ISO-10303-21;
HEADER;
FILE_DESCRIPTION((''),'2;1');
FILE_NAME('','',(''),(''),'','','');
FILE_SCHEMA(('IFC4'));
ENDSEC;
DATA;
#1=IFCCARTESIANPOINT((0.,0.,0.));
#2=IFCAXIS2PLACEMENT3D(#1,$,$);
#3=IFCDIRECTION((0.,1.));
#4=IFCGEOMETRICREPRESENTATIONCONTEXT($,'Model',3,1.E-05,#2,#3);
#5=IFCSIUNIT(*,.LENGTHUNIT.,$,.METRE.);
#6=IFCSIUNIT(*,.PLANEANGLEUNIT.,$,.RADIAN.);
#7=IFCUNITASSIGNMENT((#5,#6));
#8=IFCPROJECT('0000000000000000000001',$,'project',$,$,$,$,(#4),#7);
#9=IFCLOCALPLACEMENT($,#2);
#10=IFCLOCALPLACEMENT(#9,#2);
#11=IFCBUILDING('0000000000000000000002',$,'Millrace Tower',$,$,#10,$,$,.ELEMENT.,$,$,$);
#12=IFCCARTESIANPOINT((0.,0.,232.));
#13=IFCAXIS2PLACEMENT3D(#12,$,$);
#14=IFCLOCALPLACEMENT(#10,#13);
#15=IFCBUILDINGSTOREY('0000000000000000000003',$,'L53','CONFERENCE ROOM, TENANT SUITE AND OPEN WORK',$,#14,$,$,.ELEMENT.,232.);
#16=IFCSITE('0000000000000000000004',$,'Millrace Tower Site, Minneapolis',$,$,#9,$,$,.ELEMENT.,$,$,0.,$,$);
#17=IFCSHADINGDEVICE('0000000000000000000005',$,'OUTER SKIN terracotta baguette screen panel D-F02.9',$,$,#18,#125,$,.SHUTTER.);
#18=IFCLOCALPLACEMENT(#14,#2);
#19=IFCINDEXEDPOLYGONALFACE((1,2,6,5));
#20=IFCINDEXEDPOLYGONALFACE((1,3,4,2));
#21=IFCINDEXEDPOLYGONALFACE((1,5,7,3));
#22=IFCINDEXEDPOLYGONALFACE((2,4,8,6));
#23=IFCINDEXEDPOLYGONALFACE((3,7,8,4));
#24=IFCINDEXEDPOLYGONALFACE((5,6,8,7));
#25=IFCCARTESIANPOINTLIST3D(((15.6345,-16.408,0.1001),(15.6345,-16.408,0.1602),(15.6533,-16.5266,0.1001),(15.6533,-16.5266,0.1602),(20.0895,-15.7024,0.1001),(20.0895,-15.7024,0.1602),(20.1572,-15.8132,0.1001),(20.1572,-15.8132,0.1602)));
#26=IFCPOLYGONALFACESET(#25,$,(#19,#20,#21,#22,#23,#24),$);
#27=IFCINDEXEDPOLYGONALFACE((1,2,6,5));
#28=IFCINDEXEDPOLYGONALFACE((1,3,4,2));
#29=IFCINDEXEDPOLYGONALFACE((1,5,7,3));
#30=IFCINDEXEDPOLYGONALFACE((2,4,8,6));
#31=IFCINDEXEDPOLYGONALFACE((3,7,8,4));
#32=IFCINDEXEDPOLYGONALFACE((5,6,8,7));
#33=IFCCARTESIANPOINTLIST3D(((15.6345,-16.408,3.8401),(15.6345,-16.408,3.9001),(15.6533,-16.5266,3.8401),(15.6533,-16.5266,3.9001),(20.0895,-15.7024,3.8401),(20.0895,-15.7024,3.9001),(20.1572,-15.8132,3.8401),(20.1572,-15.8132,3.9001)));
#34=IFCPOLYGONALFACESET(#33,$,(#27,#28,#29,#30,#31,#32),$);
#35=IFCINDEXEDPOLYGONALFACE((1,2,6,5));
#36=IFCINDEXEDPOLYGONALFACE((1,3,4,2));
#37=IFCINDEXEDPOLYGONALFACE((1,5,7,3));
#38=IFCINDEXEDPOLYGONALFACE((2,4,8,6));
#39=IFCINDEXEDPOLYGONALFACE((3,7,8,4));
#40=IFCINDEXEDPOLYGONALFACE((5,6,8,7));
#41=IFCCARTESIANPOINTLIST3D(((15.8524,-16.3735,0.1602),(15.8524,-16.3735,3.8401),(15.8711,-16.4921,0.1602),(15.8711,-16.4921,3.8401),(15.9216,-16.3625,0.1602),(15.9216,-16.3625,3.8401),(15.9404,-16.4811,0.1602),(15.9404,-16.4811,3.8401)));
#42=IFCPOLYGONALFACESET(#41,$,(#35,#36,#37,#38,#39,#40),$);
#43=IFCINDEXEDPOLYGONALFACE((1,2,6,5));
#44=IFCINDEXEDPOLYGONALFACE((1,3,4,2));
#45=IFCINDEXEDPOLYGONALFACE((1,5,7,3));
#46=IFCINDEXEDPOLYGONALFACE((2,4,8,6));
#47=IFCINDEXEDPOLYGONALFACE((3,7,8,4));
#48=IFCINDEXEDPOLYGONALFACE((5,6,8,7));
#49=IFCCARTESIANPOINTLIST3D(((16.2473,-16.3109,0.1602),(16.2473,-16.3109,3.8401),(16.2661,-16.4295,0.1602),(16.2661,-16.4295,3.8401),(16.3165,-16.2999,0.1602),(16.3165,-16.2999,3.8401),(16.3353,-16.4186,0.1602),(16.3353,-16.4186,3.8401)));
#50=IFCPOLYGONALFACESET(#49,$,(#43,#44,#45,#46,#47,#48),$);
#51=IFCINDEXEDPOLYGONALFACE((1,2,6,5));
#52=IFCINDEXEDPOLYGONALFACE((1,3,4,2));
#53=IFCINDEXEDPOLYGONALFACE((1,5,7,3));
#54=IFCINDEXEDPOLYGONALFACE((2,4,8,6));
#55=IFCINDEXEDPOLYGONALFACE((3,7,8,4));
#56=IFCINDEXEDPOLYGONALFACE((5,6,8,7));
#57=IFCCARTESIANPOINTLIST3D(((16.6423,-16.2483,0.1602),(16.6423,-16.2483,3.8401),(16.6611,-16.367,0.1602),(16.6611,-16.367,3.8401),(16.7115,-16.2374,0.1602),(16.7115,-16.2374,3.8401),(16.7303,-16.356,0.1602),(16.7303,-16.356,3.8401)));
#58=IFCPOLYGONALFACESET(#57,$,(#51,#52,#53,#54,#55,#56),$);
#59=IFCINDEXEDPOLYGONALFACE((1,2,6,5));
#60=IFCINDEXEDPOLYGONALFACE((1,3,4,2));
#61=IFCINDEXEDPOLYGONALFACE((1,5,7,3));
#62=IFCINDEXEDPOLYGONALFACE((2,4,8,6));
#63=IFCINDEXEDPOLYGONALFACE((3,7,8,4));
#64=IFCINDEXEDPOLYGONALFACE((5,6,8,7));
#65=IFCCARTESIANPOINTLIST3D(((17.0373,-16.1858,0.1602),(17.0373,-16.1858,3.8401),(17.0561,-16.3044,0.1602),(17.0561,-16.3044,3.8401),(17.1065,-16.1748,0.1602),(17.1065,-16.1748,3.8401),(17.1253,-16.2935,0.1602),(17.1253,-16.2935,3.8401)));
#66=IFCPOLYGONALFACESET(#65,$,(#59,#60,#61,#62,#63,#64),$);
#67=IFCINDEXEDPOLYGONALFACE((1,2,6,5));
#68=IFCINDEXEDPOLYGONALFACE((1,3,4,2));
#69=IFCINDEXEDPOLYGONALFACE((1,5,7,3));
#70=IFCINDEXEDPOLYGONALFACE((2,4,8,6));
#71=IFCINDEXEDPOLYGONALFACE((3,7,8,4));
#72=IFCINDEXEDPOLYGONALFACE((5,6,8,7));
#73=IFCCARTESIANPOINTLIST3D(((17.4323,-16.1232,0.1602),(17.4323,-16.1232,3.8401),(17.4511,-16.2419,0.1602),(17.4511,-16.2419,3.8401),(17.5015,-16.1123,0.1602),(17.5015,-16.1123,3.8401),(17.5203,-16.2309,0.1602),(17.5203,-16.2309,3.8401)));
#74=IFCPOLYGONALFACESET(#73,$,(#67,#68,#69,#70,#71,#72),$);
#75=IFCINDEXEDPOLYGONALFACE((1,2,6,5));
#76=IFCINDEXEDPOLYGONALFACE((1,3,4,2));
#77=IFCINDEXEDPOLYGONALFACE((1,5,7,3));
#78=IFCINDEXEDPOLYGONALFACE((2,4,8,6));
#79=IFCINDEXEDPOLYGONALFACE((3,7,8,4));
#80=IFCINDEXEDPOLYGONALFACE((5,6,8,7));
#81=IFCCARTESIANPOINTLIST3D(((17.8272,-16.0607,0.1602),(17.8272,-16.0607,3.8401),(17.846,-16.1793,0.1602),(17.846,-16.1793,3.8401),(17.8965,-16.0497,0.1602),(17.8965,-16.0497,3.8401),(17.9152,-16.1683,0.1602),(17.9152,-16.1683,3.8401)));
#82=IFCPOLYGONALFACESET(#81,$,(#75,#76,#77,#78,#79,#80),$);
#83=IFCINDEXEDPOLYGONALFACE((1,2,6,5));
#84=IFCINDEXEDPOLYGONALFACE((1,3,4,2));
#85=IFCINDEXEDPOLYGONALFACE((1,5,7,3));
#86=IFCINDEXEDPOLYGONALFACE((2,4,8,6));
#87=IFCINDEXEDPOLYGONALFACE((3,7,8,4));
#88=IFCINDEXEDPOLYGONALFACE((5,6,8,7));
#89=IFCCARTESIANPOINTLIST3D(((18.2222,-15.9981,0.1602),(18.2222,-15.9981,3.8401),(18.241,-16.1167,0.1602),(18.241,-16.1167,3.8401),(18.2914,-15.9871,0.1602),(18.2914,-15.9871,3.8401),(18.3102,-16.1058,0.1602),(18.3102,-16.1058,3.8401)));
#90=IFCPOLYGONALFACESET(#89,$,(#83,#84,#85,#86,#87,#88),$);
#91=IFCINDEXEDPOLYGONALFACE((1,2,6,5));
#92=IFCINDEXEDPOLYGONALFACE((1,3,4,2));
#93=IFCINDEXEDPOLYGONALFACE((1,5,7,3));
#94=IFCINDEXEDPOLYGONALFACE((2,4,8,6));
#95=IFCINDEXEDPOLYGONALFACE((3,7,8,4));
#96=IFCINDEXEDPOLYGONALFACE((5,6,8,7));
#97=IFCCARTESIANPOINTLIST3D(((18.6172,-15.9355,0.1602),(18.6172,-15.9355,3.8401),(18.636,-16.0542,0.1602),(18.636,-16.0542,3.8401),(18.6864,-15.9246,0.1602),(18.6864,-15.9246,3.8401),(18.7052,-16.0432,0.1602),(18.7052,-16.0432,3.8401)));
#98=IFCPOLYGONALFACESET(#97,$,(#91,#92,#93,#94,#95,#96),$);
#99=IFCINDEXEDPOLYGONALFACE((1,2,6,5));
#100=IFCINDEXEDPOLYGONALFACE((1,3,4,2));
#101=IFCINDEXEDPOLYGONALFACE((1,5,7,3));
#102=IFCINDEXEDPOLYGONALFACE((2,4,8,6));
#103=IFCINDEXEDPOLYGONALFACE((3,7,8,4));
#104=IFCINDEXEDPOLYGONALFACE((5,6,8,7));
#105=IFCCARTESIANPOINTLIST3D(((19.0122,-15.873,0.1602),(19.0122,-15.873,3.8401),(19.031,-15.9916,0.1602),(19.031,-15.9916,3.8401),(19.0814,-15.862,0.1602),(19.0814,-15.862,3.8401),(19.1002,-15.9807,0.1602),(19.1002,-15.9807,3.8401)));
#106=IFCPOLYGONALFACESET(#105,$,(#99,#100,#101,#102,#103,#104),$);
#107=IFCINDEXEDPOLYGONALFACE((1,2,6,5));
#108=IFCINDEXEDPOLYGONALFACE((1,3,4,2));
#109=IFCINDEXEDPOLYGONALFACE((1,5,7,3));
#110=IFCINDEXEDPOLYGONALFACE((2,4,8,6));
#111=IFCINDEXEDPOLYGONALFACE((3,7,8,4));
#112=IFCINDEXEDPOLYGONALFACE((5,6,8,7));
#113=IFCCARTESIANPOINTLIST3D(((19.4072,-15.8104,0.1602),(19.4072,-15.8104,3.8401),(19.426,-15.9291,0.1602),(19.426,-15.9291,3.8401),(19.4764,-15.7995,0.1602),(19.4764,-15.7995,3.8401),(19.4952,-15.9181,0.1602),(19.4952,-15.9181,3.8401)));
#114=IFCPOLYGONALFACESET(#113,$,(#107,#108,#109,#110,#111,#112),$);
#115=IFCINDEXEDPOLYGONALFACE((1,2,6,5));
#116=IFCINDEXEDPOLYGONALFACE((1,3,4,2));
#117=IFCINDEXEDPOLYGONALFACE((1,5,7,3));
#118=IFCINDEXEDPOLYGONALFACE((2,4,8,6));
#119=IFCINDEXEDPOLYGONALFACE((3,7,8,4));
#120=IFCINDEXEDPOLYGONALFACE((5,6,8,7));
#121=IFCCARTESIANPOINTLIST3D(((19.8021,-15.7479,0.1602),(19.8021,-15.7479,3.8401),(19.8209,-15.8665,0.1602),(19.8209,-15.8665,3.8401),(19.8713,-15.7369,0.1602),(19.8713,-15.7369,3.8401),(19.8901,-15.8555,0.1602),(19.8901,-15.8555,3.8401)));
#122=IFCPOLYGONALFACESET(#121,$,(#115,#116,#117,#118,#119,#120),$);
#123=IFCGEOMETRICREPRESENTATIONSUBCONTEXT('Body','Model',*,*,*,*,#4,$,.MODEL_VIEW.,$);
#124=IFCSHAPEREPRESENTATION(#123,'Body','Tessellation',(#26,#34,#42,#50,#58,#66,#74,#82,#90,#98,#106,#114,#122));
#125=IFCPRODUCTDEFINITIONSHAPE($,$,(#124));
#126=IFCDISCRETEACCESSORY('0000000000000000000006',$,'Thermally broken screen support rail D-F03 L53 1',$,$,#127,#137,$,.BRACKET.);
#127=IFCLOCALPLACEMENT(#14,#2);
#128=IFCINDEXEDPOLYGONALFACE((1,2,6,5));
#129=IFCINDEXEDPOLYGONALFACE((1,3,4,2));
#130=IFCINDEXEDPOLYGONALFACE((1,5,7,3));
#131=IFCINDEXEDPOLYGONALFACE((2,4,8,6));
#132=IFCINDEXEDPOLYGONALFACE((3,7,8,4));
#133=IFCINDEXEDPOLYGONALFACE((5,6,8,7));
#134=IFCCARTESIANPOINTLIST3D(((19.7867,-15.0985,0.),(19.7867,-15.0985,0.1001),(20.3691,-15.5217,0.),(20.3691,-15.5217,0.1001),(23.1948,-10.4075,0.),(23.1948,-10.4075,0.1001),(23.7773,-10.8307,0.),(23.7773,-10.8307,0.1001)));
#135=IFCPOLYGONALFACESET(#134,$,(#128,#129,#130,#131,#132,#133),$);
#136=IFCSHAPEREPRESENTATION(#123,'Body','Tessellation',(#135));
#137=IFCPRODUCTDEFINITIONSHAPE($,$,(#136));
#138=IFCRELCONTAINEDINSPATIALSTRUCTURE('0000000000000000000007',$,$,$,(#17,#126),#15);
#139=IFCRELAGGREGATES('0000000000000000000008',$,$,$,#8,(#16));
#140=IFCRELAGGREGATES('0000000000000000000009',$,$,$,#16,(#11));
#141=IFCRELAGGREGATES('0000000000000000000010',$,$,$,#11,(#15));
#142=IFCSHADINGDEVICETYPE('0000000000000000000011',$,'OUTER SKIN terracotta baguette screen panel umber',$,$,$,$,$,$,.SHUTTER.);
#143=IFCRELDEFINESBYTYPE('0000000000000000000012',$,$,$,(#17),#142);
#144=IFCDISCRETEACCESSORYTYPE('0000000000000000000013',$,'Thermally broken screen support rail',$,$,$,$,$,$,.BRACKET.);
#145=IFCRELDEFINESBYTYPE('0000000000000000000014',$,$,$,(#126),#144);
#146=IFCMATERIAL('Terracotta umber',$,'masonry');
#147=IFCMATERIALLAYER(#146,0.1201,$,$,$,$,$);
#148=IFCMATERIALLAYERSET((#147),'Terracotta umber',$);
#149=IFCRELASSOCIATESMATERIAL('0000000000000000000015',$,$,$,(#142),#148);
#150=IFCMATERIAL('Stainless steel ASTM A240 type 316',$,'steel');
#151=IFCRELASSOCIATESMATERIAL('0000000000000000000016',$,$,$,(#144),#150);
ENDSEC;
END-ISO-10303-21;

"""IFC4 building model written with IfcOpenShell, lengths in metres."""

from ifc_helpers import new_model, entity, si_unit, direction, frame, frame_2d, origin, origin_2d, place, context, subcontext, project, spatial, rectangle, extrude, source, transform, mapped, material, layer, layer_set, type_object, element, save


model = new_model("IFC4")

# Units and contexts
model_context = context("Model", 3, precision=1e-05, world=origin(), true_north=direction((0.0, 1.0)))
body_context = subcontext(model_context, "Body", "Model", "MODEL_VIEW")
ifc_project = project(units=[si_unit("LENGTHUNIT", "METRE"), si_unit("PLANEANGLEUNIT", "RADIAN")], contexts=[model_context])

# Site, building, storey
site_placement = place(None, origin())
site = spatial("IfcSite", under=ifc_project, at=site_placement, Name="Millrace Tower Site, Minneapolis", CompositionType="ELEMENT", RefElevation=0.0)
building_placement = place(site_placement, origin())
building = spatial("IfcBuilding", under=site, at=building_placement, Name="Millrace Tower", CompositionType="ELEMENT")
storey_placement = place(building_placement, frame((0.0, 0.0, 232.0)))
storey = spatial("IfcBuildingStorey", under=building, at=storey_placement, Name="L53", Description="CONFERENCE ROOM, TENANT SUITE AND OPEN WORK", CompositionType="ELEMENT", Elevation=232.0)

# Shading device
ifc_material_1 = material(Name="Terracotta umber", Category="masonry")
ifc_layer_1 = layer(ifc_material_1, 0.1201)
ifc_layer_set_1 = layer_set([ifc_layer_1], Name="Terracotta umber")
shading_device_type = type_object("IfcShadingDeviceType", Name="OUTER SKIN terracotta baguette screen panel umber", PredefinedType="SHUTTER", material=ifc_layer_set_1)
cartesian_point_1 = entity("IfcCartesianPoint", [-2.2676, 0.0601])
shared_polyline_1 = entity("IfcPolyline", [cartesian_point_1, entity("IfcCartesianPoint", [2.2429, 0.0601]), entity("IfcCartesianPoint", [2.2925, -0.0601]), entity("IfcCartesianPoint", [-2.2676, -0.0601]), cartesian_point_1])
shared_shape_1 = source(origin(), body_context, "Body", "SweptSolid", [
    entity("IfcExtrudedAreaSolid", entity("IfcArbitraryClosedProfileDef", "AREA", None, shared_polyline_1), entity("IfcAxis2Placement3D", entity("IfcCartesianPoint", [0.0, 0.0, 0.0])), entity("IfcDirection", [0.0, 0.0, 1.0]), 0.0601),
    entity("IfcExtrudedAreaSolid", entity("IfcArbitraryClosedProfileDef", "AREA", None, shared_polyline_1), entity("IfcAxis2Placement3D", entity("IfcCartesianPoint", [0.0, 0.0, 3.74])), entity("IfcDirection", [0.0, 0.0, 1.0]), 0.0601),
    extrude(rectangle(XDim=0.0701, YDim=0.1201, at=frame_2d((-2.012, 0.0))), frame((0.0, 0.0, 0.0601)), (0.0, 0.0, 1.0), 3.6799),
    extrude(rectangle(XDim=0.0701, YDim=0.1201, at=frame_2d((-1.6121, 0.0))), frame((0.0, 0.0, 0.0601)), (0.0, 0.0, 1.0), 3.6799),
    extrude(rectangle(XDim=0.0701, YDim=0.1201, at=frame_2d((-1.2122, 0.0))), frame((0.0, 0.0, 0.0601)), (0.0, 0.0, 1.0), 3.6799),
    extrude(rectangle(XDim=0.0701, YDim=0.1201, at=frame_2d((-0.8123, 0.0))), frame((0.0, 0.0, 0.0601)), (0.0, 0.0, 1.0), 3.6799),
    extrude(rectangle(XDim=0.0701, YDim=0.1201, at=frame_2d((-0.4124, 0.0))), frame((0.0, 0.0, 0.0601)), (0.0, 0.0, 1.0), 3.6799),
    extrude(rectangle(XDim=0.0701, YDim=0.1201, at=frame_2d((-0.0125, 0.0))), frame((0.0, 0.0, 0.0601)), (0.0, 0.0, 1.0), 3.6799),
    extrude(rectangle(XDim=0.0701, YDim=0.1201, at=frame_2d((0.3875, 0.0))), frame((0.0, 0.0, 0.0601)), (0.0, 0.0, 1.0), 3.6799),
    extrude(rectangle(XDim=0.0701, YDim=0.1201, at=frame_2d((0.7874, 0.0))), frame((0.0, 0.0, 0.0601)), (0.0, 0.0, 1.0), 3.6799),
    extrude(rectangle(XDim=0.0701, YDim=0.1201, at=frame_2d((1.1873, 0.0))), frame((0.0, 0.0, 0.0601)), (0.0, 0.0, 1.0), 3.6799),
    extrude(rectangle(XDim=0.0701, YDim=0.1201, at=frame_2d((1.5872, 0.0))), frame((0.0, 0.0, 0.0601)), (0.0, 0.0, 1.0), 3.6799),
    extrude(rectangle(XDim=0.0701, YDim=0.1201, at=frame_2d((1.9871, 0.0))), frame((0.0, 0.0, 0.0601)), (0.0, 0.0, 1.0), 3.6799),
])
shading_device_1_placement = place(storey_placement, frame((17.8835, -16.1125, 0.1001), z_axis=(0.0, 0.0, 1.0), x_axis=(0.987688, 0.156434, 0.0)))
element("IfcShadingDevice", 1, at=shading_device_1_placement, inside=storey, type_object=shading_device_type, Name="OUTER SKIN terracotta baguette screen panel D-F02.9", PredefinedType="SHUTTER", context=body_context, shape_type="MappedRepresentation", body=[
    mapped(shared_shape_1, transform((0.0, 0.0, 0.0), scale=1.0)),
])

# Discrete accessory
ifc_material_2 = material(Name="Stainless steel ASTM A240 type 316", Category="steel")
discrete_accessory_type = type_object("IfcDiscreteAccessoryType", Name="Thermally broken screen support rail", PredefinedType="BRACKET", material=ifc_material_2)
discrete_accessory_placement = place(storey_placement, frame((21.782, -12.9646, 0.0), z_axis=(0.0, 0.0, 1.0), x_axis=(0.587785, 0.809017, 0.0)))
element("IfcDiscreteAccessory", 2, at=discrete_accessory_placement, inside=storey, type_object=discrete_accessory_type, Name="Thermally broken screen support rail D-F03 L53 1", PredefinedType="BRACKET", context=body_context, shape_type="SweptSolid", body=[
    extrude(rectangle(XDim=5.7983, YDim=0.72, at=origin_2d()), origin(), (0.0, 0.0, 1.0), 0.1001),
])

save(model, "model.ifc")
